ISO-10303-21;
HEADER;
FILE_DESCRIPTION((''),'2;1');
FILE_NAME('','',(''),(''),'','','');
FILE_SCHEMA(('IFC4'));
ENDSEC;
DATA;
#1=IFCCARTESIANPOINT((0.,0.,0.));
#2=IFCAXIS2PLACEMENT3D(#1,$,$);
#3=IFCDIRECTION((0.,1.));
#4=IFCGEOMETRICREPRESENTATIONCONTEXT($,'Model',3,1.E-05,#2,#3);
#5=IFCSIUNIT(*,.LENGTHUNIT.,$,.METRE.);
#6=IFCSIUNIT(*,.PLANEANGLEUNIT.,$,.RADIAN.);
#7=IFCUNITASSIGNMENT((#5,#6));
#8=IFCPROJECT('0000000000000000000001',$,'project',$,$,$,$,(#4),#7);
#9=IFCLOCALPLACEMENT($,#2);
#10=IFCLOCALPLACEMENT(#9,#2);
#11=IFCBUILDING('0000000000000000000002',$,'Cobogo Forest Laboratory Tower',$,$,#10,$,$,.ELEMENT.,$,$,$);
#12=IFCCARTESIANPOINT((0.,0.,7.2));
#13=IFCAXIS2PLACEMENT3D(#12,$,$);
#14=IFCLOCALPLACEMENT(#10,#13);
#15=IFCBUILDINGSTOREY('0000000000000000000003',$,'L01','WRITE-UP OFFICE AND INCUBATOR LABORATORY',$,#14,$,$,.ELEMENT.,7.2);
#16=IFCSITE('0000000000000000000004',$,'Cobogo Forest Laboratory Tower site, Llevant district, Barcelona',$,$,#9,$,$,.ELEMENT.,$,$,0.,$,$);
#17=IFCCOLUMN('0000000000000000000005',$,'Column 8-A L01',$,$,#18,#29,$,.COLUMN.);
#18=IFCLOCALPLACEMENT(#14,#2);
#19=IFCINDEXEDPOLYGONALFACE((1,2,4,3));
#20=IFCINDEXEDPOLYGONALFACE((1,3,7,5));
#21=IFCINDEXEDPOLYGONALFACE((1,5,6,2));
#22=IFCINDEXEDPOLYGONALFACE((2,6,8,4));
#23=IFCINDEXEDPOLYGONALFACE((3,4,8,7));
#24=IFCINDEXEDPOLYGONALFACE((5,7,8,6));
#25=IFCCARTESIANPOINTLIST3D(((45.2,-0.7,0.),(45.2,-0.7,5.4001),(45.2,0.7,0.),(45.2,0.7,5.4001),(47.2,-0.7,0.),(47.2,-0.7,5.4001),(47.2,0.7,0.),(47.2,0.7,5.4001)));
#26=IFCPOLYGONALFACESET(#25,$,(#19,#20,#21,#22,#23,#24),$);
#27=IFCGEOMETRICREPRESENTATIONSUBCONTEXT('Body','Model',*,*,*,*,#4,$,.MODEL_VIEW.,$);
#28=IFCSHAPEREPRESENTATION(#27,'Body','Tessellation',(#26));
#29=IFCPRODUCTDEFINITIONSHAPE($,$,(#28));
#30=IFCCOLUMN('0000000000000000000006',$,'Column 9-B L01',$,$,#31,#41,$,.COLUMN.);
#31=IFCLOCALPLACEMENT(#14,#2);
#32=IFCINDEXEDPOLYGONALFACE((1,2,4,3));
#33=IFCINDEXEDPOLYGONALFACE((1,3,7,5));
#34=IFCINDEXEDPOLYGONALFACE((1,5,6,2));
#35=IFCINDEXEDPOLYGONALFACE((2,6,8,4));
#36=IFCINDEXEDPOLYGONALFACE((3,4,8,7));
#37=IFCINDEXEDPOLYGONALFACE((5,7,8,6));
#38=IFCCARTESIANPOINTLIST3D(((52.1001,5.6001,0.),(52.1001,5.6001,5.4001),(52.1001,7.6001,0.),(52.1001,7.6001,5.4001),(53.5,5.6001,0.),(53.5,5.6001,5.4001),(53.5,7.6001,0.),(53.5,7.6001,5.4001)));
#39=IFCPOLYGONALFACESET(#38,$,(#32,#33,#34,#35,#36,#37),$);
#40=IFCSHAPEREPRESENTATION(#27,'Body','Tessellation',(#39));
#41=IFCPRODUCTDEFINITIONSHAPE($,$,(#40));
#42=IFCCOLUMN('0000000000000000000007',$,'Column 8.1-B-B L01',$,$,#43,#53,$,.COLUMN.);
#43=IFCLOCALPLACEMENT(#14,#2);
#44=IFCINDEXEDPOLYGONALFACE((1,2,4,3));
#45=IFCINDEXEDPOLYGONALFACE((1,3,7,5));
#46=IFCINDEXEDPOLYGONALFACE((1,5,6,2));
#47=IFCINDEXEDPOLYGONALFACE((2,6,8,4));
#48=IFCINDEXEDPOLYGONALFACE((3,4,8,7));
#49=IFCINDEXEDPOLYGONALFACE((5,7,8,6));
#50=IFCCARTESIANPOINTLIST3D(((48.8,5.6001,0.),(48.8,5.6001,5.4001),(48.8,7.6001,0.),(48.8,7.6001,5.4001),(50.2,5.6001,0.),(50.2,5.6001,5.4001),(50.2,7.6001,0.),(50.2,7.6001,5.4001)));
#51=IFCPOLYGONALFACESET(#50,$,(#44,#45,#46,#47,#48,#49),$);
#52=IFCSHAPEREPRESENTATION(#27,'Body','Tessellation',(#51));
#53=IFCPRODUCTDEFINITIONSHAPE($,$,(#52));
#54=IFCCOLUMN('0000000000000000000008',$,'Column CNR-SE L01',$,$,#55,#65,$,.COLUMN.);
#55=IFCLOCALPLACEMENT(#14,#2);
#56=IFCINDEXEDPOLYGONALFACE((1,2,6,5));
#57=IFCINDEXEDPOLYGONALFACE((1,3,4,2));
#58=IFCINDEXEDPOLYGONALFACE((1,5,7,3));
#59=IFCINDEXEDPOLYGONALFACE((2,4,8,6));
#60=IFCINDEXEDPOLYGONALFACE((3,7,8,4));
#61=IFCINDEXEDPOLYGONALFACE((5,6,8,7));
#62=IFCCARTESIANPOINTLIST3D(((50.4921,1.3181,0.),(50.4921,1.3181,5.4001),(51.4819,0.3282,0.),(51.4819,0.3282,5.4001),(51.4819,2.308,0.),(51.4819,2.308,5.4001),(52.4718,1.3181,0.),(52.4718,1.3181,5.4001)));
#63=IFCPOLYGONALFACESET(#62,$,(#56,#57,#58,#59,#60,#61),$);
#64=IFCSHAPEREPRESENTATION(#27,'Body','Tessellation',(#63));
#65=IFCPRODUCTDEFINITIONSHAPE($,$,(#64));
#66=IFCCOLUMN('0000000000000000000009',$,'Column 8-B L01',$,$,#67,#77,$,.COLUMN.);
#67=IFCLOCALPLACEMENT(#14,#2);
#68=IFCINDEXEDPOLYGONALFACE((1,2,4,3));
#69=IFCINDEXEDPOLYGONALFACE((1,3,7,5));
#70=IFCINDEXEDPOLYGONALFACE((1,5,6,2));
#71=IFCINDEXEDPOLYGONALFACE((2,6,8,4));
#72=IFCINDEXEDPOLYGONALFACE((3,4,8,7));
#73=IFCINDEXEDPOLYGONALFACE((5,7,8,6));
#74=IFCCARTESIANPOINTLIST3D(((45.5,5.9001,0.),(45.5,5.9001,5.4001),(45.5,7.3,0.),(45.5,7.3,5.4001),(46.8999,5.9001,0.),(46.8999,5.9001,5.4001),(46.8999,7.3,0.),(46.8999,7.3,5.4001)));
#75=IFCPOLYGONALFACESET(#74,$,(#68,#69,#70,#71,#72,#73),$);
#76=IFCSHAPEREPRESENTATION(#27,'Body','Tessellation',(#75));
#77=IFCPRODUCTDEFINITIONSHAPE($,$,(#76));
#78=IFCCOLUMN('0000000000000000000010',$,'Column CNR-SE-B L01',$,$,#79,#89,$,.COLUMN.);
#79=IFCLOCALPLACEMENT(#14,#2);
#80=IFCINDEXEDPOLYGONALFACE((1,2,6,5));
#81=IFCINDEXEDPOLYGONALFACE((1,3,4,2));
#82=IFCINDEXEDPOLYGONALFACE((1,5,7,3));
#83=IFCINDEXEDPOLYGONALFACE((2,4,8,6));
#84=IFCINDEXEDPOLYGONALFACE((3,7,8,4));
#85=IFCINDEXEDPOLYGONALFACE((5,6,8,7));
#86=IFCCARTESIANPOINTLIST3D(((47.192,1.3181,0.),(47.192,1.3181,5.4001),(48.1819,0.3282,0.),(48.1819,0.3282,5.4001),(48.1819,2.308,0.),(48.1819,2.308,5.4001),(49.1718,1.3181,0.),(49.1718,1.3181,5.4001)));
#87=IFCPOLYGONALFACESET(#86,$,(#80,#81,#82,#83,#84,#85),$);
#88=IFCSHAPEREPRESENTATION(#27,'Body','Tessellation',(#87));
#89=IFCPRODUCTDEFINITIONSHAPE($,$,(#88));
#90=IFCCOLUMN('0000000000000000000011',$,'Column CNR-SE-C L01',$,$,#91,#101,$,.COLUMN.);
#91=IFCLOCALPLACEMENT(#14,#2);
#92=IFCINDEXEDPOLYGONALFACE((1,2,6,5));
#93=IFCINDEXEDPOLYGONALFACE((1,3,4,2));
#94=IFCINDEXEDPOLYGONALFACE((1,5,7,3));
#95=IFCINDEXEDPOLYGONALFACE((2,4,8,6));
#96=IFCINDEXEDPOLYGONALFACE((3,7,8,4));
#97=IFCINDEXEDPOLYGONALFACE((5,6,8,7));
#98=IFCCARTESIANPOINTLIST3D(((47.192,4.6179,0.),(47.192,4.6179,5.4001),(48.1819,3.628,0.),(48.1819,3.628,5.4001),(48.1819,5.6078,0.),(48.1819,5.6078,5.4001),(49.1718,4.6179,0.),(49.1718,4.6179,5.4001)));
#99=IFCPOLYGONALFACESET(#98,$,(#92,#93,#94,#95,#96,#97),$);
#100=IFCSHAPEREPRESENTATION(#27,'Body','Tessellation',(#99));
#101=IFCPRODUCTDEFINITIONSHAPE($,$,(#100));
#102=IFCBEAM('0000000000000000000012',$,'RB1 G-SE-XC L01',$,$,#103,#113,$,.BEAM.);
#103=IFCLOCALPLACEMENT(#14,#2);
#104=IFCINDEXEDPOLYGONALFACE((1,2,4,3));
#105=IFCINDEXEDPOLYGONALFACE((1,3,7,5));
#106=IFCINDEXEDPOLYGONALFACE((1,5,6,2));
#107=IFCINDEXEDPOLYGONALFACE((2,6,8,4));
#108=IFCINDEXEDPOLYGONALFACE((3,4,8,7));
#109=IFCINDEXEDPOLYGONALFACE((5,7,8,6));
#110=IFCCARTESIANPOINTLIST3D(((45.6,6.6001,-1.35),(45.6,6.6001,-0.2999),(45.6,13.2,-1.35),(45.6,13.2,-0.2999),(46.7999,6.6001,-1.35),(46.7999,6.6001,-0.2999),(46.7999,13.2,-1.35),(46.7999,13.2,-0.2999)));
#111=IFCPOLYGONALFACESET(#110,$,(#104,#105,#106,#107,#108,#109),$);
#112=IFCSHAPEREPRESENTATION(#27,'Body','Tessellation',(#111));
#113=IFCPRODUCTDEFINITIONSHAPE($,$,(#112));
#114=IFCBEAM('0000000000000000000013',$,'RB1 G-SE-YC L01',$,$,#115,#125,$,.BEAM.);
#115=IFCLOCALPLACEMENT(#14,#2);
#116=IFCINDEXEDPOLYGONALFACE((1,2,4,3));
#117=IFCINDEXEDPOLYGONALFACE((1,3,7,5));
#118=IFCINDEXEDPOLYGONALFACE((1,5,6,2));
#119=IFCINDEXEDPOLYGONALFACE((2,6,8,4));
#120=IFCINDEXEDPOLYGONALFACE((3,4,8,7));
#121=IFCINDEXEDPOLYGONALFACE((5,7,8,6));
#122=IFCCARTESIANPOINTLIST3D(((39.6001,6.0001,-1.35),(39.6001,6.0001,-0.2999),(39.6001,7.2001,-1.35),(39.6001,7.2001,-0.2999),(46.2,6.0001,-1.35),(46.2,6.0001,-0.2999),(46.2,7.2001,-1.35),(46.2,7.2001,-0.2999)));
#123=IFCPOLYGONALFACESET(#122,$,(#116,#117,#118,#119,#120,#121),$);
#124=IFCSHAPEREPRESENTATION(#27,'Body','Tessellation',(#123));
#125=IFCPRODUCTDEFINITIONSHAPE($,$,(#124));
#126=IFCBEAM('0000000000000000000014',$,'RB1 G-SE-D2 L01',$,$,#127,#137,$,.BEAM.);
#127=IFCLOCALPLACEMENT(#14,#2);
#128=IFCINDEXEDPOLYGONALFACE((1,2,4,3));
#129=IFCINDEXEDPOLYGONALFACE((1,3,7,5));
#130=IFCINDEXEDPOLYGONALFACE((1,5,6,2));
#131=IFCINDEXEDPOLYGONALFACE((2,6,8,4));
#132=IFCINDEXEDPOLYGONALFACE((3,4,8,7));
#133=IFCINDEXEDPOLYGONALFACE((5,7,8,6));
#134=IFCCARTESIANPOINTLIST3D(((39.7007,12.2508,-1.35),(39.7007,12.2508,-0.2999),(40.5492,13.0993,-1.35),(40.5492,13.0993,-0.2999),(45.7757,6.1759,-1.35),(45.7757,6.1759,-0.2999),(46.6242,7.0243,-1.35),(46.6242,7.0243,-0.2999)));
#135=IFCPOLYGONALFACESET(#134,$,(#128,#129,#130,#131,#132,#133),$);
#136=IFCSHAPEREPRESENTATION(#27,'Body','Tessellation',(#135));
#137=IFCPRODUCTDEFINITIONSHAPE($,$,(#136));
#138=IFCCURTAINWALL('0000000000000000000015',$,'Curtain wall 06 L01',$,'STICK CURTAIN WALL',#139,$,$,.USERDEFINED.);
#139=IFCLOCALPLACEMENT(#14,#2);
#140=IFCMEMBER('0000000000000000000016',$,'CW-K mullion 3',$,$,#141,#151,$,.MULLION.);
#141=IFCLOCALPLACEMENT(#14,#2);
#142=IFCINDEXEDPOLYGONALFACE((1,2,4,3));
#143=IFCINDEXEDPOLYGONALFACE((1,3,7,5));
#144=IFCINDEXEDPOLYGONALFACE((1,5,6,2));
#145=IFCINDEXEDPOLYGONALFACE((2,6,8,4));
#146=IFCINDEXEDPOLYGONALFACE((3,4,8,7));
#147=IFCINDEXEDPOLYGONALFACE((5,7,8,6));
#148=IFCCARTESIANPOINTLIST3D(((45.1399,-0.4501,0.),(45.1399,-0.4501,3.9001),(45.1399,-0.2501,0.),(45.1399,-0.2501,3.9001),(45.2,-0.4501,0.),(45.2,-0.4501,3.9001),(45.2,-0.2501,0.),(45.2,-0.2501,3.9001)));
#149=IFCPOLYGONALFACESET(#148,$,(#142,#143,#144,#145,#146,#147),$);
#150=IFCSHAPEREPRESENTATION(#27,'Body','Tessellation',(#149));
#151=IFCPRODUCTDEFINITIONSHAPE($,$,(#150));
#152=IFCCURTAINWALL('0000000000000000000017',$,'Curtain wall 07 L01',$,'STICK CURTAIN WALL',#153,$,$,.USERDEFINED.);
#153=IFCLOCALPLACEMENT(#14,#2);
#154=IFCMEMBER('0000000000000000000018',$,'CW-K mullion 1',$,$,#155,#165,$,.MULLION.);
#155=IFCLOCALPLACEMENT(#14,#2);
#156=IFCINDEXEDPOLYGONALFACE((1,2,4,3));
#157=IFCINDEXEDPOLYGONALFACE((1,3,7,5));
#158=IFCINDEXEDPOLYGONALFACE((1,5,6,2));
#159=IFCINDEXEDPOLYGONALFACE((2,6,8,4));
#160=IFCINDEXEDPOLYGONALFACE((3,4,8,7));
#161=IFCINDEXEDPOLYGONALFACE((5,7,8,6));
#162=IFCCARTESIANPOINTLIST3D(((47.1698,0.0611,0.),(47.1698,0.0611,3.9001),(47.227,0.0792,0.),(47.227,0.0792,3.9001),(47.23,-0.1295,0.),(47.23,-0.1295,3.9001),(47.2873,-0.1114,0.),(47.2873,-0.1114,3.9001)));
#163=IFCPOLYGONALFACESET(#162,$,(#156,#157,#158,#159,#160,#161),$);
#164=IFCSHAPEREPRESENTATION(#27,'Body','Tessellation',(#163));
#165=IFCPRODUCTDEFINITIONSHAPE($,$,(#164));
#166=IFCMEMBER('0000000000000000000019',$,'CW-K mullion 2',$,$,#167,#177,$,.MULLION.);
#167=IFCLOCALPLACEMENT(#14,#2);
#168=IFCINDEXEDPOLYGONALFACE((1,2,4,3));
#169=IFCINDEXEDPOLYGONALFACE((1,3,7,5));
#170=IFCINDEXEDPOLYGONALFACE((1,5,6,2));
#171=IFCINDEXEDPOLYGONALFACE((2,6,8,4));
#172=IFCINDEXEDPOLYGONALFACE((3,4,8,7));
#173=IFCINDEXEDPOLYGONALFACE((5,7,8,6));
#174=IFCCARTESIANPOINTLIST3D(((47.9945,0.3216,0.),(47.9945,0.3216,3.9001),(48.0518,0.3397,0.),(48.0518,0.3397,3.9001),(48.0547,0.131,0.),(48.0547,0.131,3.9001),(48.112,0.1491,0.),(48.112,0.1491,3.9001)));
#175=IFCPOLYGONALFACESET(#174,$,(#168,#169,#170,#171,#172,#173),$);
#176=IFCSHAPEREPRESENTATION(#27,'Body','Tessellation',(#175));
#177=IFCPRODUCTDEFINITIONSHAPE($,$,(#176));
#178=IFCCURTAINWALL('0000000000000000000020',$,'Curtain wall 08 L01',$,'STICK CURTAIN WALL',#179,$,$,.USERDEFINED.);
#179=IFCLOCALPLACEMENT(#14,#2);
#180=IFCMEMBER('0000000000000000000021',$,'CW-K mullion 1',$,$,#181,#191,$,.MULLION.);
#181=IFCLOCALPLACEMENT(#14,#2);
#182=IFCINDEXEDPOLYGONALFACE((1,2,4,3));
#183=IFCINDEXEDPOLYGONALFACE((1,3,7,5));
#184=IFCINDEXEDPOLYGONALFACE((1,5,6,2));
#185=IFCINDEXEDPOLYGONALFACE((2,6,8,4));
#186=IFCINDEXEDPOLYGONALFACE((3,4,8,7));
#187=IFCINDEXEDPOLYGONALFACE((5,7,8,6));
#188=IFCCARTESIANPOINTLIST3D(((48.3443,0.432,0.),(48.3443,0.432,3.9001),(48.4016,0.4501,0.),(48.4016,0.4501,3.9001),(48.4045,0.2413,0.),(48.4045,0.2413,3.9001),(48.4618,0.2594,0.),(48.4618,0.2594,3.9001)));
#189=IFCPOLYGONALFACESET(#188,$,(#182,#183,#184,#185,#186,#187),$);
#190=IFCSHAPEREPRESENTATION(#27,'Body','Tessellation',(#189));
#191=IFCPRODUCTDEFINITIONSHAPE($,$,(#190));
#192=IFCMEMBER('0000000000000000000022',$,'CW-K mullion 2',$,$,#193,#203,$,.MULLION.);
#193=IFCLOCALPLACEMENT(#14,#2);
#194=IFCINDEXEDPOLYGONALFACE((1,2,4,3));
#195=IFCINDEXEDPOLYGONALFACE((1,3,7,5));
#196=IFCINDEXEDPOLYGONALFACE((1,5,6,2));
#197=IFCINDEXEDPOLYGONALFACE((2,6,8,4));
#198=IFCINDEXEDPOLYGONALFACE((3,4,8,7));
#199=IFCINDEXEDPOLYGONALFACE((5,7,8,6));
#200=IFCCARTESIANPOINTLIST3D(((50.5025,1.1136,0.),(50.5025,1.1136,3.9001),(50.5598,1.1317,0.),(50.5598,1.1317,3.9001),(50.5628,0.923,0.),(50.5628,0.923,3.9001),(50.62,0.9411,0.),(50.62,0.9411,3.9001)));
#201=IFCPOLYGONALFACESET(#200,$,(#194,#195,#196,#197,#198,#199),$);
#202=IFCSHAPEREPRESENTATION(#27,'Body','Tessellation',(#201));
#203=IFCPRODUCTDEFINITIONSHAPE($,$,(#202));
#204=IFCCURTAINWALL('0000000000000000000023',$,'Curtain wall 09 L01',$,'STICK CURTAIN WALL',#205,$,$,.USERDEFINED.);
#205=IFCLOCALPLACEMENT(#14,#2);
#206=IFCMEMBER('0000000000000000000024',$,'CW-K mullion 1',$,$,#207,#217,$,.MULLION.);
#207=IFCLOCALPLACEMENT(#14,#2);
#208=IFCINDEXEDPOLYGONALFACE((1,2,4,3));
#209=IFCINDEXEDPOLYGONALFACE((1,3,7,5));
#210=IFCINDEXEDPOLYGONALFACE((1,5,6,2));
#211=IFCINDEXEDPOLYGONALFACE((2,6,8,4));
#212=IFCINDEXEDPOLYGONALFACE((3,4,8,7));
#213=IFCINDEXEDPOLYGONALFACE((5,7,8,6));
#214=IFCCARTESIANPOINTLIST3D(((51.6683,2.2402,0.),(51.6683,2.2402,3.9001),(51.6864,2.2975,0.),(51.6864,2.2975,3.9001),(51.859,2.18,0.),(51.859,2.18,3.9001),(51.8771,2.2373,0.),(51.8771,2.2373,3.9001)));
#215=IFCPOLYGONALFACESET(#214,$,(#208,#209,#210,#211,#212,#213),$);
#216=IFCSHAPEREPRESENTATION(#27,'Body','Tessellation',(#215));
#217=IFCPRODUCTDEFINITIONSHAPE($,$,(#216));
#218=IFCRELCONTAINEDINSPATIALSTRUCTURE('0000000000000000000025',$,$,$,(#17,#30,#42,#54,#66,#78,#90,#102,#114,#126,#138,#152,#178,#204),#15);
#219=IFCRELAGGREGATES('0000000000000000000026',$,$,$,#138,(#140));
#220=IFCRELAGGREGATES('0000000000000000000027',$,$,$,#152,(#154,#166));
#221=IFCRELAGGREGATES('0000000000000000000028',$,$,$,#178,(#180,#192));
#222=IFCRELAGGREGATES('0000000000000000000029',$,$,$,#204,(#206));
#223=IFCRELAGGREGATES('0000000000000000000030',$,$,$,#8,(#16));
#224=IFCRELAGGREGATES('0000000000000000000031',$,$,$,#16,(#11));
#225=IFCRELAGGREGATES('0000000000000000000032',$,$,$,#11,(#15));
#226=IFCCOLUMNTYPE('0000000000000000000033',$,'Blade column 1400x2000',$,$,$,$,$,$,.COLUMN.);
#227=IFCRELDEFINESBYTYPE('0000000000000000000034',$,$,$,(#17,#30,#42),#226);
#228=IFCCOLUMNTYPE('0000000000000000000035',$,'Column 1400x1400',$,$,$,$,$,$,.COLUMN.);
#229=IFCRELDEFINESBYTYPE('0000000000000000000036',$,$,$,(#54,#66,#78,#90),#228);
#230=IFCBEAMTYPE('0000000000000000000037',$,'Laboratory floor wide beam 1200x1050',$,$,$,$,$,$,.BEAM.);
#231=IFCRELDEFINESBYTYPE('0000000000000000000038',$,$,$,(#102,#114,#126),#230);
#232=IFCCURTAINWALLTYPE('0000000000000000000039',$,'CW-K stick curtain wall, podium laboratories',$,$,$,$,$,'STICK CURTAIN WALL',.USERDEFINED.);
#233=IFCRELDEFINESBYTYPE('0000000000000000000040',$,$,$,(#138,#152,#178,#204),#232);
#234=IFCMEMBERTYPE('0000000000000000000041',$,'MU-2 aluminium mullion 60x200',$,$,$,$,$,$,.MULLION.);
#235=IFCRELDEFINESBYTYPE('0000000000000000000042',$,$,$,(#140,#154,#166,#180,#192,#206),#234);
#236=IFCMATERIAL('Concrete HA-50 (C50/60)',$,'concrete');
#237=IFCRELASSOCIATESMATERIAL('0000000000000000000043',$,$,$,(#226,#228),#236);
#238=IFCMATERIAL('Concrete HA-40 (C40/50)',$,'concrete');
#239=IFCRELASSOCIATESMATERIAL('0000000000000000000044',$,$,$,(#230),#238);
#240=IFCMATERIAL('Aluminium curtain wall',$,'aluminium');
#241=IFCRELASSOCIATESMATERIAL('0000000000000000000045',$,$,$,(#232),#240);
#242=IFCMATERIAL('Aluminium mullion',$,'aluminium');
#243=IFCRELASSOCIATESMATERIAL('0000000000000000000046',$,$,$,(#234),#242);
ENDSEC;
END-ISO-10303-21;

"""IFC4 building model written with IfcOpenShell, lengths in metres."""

from ifc_helpers import new_model, si_unit, direction, frame, origin, origin_2d, place, context, subcontext, project, spatial, rectangle, extrude, material, material_profile, profile_set, type_object, element, aggregate, save


model = new_model("IFC4")

# Units and contexts
model_context = context("Model", 3, precision=1e-05, world=origin(), true_north=direction((0.0, 1.0)))
body_context = subcontext(model_context, "Body", "Model", "MODEL_VIEW")
ifc_project = project(units=[si_unit("LENGTHUNIT", "METRE"), si_unit("PLANEANGLEUNIT", "RADIAN")], contexts=[model_context])

# Site, building, storey
site_placement = place(None, origin())
site = spatial("IfcSite", under=ifc_project, at=site_placement, Name="Cobogo Forest Laboratory Tower site, Llevant district, Barcelona", CompositionType="ELEMENT", RefElevation=0.0)
building_placement = place(site_placement, origin())
building = spatial("IfcBuilding", under=site, at=building_placement, Name="Cobogo Forest Laboratory Tower", CompositionType="ELEMENT")
storey_placement = place(building_placement, frame((0.0, 0.0, 7.2)))
storey = spatial("IfcBuildingStorey", under=building, at=storey_placement, Name="L01", Description="WRITE-UP OFFICE AND INCUBATOR LABORATORY", CompositionType="ELEMENT", Elevation=7.2)

# Columns
ifc_material_1 = material(Name="Concrete HA-50 (C50/60)", Category="concrete")
ifc_material_profile_1 = material_profile(ifc_material_1, rectangle(XDim=2.0, YDim=1.3999, at=origin_2d()), Name="RC 1400x2000")
ifc_profile_set_1 = profile_set([ifc_material_profile_1], Name="Concrete HA-50 (C50/60)")
column_type_1 = type_object("IfcColumnType", Name="Blade column 1400x2000", PredefinedType="COLUMN", material=ifc_profile_set_1)
for number, where, z_axis, x_axis, name in (
    (1, (46.2, 0.0, 0.0), (0.0, 0.0, 1.0), (1.0, 0.0, 0.0), "Column 8-A L01"),
    (2, (52.8, 6.6001, 0.0), (0.0, 0.0, 1.0), (0.0, 1.0, 0.0), "Column 9-B L01"),
    (3, (49.5, 6.6001, 0.0), (0.0, 0.0, 1.0), (0.0, 1.0, 0.0), "Column 8.1-B-B L01"),
):
    element("IfcColumn", number, at=place(storey_placement, frame(where, z_axis=z_axis, x_axis=x_axis)), inside=storey, type_object=column_type_1, Name=name, PredefinedType="COLUMN", context=body_context, shape_type="SweptSolid", body=[
        extrude(rectangle(XDim=2.0, YDim=1.3999, at=origin_2d()), origin(), (0.0, 0.0, 1.0), 5.4001),
    ])
ifc_material_profile_2 = material_profile(ifc_material_1, rectangle(XDim=1.3999, YDim=1.3999, at=origin_2d()), Name="RC 1400x1400")
ifc_profile_set_2 = profile_set([ifc_material_profile_2], Name="Concrete HA-50 (C50/60)")
column_type_2 = type_object("IfcColumnType", Name="Column 1400x1400", PredefinedType="COLUMN", material=ifc_profile_set_2)
for number, where, z_axis, x_axis, name in (
    (4, (51.4819, 1.3181, 0.0), (0.0, 0.0, 1.0), (0.707107, 0.707107, 0.0), "Column CNR-SE L01"),
    (5, (46.2, 6.6001, 0.0), (0.0, 0.0, 1.0), (1.0, 0.0, 0.0), "Column 8-B L01"),
    (6, (48.1819, 1.3181, 0.0), (0.0, 0.0, 1.0), (0.707107, 0.707107, 0.0), "Column CNR-SE-B L01"),
    (7, (48.1819, 4.6179, 0.0), (0.0, 0.0, 1.0), (0.707107, 0.707107, 0.0), "Column CNR-SE-C L01"),
):
    element("IfcColumn", number, at=place(storey_placement, frame(where, z_axis=z_axis, x_axis=x_axis)), inside=storey, type_object=column_type_2, Name=name, PredefinedType="COLUMN", context=body_context, shape_type="SweptSolid", body=[
        extrude(rectangle(XDim=1.3999, YDim=1.3999, at=origin_2d()), origin(), (0.0, 0.0, 1.0), 5.4001),
    ])

# Beams
ifc_material_2 = material(Name="Concrete HA-40 (C40/50)", Category="concrete")
ifc_material_profile_3 = material_profile(ifc_material_2, rectangle(XDim=1.2, YDim=1.05, at=origin_2d()), Name="RC 1200x1050")
ifc_profile_set_3 = profile_set([ifc_material_profile_3], Name="Concrete HA-40 (C40/50)")
beam_type_1 = type_object("IfcBeamType", Name="Laboratory floor wide beam 1200x1050", PredefinedType="BEAM", material=ifc_profile_set_3)
for number, where, z_axis, x_axis, name in (
    (8, (46.2, 6.6001, -0.825), (0.0, 1.0, 0.0), (-1.0, 0.0, 0.0), "RB1 G-SE-XC L01"),
    (9, (46.2, 6.6001, -0.825), (-1.0, 0.0, 0.0), (0.0, -1.0, 0.0), "RB1 G-SE-YC L01"),
):
    element("IfcBeam", number, at=place(storey_placement, frame(where, z_axis=z_axis, x_axis=x_axis)), inside=storey, type_object=beam_type_1, Name=name, PredefinedType="BEAM", context=body_context, shape_type="SweptSolid", body=[
        extrude(rectangle(XDim=1.2, YDim=1.05, at=origin_2d()), origin(), (0.0, 0.0, 1.0), 6.5999),
    ])
beam_1_placement = place(storey_placement, frame((46.2, 6.6001, -0.825), z_axis=(-0.707107, 0.707107, 0.0), x_axis=(-0.707107, -0.707107, 0.0)))
element("IfcBeam", 10, at=beam_1_placement, inside=storey, type_object=beam_type_1, Name="RB1 G-SE-D2 L01", PredefinedType="BEAM", context=body_context, shape_type="SweptSolid", body=[
    extrude(rectangle(XDim=1.2, YDim=1.05, at=origin_2d()), origin(), (0.0, 0.0, 1.0), 8.5913),
])

# Curtain wall, member
ifc_material_3 = material(Name="Aluminium curtain wall", Category="aluminium")
curtain_wall_type = type_object("IfcCurtainWallType", Name="CW-K stick curtain wall, podium laboratories", ElementType="STICK CURTAIN WALL", PredefinedType="USERDEFINED", material=ifc_material_3)
curtain_wall_1_placement = place(storey_placement, origin())
curtain_wall_1 = element("IfcCurtainWall", 11, at=curtain_wall_1_placement, inside=storey, type_object=curtain_wall_type, Name="Curtain wall 06 L01", ObjectType="STICK CURTAIN WALL", PredefinedType="USERDEFINED")
ifc_material_4 = material(Name="Aluminium mullion", Category="aluminium")
ifc_material_profile_4 = material_profile(ifc_material_4, rectangle(XDim=0.0601, YDim=0.2, at=origin_2d()), Name="AL 60x200")
ifc_profile_set_4 = profile_set([ifc_material_profile_4], Name="Aluminium mullion")
member_type_1 = type_object("IfcMemberType", Name="MU-2 aluminium mullion 60x200", PredefinedType="MULLION", material=ifc_profile_set_4)
member_1_placement = place(storey_placement, frame((45.1699, -0.3501, 0.0), z_axis=(0.0, 0.0, 1.0), x_axis=(1.0, 0.0, 0.0)))
member_1 = element("IfcMember", 12, at=member_1_placement, type_object=member_type_1, Name="CW-K mullion 3", PredefinedType="MULLION", context=body_context, shape_type="SweptSolid", body=[
    extrude(rectangle(XDim=0.0601, YDim=0.2, at=origin_2d()), origin(), (0.0, 0.0, 1.0), 3.9001),
])
aggregate(curtain_wall_1, [member_1])

# Curtain walls, members
curtain_wall_2_placement = place(storey_placement, origin())
curtain_wall_2 = element("IfcCurtainWall", 13, at=curtain_wall_2_placement, inside=storey, type_object=curtain_wall_type, Name="Curtain wall 07 L01", ObjectType="STICK CURTAIN WALL", PredefinedType="USERDEFINED")
member_2_placement = place(storey_placement, frame((47.2285, -0.0251, 0.0), z_axis=(0.0, 0.0, 1.0), x_axis=(0.953581, 0.301135, 0.0)))
member_2 = element("IfcMember", 14, at=member_2_placement, type_object=member_type_1, Name="CW-K mullion 1", PredefinedType="MULLION", context=body_context, shape_type="SweptSolid", body=[
    extrude(rectangle(XDim=0.0601, YDim=0.2, at=origin_2d()), origin(), (0.0, 0.0, 1.0), 3.9001),
])
member_3_placement = place(storey_placement, frame((48.0532, 0.2354, 0.0), z_axis=(0.0, 0.0, 1.0), x_axis=(0.953581, 0.301135, 0.0)))
member_3 = element("IfcMember", 15, at=member_3_placement, type_object=member_type_1, Name="CW-K mullion 2", PredefinedType="MULLION", context=body_context, shape_type="SweptSolid", body=[
    extrude(rectangle(XDim=0.0601, YDim=0.2, at=origin_2d()), origin(), (0.0, 0.0, 1.0), 3.9001),
])
curtain_wall_3_placement = place(storey_placement, origin())
curtain_wall_3 = element("IfcCurtainWall", 16, at=curtain_wall_3_placement, inside=storey, type_object=curtain_wall_type, Name="Curtain wall 08 L01", ObjectType="STICK CURTAIN WALL", PredefinedType="USERDEFINED")
member_4_placement = place(storey_placement, frame((48.4031, 0.3457, 0.0), z_axis=(0.0, 0.0, 1.0), x_axis=(0.953581, 0.301135, 0.0)))
member_4 = element("IfcMember", 17, at=member_4_placement, type_object=member_type_1, Name="CW-K mullion 1", PredefinedType="MULLION", context=body_context, shape_type="SweptSolid", body=[
    extrude(rectangle(XDim=0.0601, YDim=0.2, at=origin_2d()), origin(), (0.0, 0.0, 1.0), 3.9001),
])
member_5_placement = place(storey_placement, frame((50.5613, 1.0273, 0.0), z_axis=(0.0, 0.0, 1.0), x_axis=(0.953581, 0.301135, 0.0)))
member_5 = element("IfcMember", 18, at=member_5_placement, type_object=member_type_1, Name="CW-K mullion 2", PredefinedType="MULLION", context=body_context, shape_type="SweptSolid", body=[
    extrude(rectangle(XDim=0.0601, YDim=0.2, at=origin_2d()), origin(), (0.0, 0.0, 1.0), 3.9001),
])
curtain_wall_4_placement = place(storey_placement, origin())
curtain_wall_4 = element("IfcCurtainWall", 19, at=curtain_wall_4_placement, inside=storey, type_object=curtain_wall_type, Name="Curtain wall 09 L01", ObjectType="STICK CURTAIN WALL", PredefinedType="USERDEFINED")
member_6_placement = place(storey_placement, frame((51.7727, 2.2388, 0.0), z_axis=(0.0, 0.0, 1.0), x_axis=(0.301135, 0.953581, 0.0)))
member_6 = element("IfcMember", 20, at=member_6_placement, type_object=member_type_1, Name="CW-K mullion 1", PredefinedType="MULLION", context=body_context, shape_type="SweptSolid", body=[
    extrude(rectangle(XDim=0.0601, YDim=0.2, at=origin_2d()), origin(), (0.0, 0.0, 1.0), 3.9001),
])

aggregate(curtain_wall_2, [member_2, member_3])
aggregate(curtain_wall_3, [member_4, member_5])
aggregate(curtain_wall_4, [member_6])

save(model, "model.ifc")
